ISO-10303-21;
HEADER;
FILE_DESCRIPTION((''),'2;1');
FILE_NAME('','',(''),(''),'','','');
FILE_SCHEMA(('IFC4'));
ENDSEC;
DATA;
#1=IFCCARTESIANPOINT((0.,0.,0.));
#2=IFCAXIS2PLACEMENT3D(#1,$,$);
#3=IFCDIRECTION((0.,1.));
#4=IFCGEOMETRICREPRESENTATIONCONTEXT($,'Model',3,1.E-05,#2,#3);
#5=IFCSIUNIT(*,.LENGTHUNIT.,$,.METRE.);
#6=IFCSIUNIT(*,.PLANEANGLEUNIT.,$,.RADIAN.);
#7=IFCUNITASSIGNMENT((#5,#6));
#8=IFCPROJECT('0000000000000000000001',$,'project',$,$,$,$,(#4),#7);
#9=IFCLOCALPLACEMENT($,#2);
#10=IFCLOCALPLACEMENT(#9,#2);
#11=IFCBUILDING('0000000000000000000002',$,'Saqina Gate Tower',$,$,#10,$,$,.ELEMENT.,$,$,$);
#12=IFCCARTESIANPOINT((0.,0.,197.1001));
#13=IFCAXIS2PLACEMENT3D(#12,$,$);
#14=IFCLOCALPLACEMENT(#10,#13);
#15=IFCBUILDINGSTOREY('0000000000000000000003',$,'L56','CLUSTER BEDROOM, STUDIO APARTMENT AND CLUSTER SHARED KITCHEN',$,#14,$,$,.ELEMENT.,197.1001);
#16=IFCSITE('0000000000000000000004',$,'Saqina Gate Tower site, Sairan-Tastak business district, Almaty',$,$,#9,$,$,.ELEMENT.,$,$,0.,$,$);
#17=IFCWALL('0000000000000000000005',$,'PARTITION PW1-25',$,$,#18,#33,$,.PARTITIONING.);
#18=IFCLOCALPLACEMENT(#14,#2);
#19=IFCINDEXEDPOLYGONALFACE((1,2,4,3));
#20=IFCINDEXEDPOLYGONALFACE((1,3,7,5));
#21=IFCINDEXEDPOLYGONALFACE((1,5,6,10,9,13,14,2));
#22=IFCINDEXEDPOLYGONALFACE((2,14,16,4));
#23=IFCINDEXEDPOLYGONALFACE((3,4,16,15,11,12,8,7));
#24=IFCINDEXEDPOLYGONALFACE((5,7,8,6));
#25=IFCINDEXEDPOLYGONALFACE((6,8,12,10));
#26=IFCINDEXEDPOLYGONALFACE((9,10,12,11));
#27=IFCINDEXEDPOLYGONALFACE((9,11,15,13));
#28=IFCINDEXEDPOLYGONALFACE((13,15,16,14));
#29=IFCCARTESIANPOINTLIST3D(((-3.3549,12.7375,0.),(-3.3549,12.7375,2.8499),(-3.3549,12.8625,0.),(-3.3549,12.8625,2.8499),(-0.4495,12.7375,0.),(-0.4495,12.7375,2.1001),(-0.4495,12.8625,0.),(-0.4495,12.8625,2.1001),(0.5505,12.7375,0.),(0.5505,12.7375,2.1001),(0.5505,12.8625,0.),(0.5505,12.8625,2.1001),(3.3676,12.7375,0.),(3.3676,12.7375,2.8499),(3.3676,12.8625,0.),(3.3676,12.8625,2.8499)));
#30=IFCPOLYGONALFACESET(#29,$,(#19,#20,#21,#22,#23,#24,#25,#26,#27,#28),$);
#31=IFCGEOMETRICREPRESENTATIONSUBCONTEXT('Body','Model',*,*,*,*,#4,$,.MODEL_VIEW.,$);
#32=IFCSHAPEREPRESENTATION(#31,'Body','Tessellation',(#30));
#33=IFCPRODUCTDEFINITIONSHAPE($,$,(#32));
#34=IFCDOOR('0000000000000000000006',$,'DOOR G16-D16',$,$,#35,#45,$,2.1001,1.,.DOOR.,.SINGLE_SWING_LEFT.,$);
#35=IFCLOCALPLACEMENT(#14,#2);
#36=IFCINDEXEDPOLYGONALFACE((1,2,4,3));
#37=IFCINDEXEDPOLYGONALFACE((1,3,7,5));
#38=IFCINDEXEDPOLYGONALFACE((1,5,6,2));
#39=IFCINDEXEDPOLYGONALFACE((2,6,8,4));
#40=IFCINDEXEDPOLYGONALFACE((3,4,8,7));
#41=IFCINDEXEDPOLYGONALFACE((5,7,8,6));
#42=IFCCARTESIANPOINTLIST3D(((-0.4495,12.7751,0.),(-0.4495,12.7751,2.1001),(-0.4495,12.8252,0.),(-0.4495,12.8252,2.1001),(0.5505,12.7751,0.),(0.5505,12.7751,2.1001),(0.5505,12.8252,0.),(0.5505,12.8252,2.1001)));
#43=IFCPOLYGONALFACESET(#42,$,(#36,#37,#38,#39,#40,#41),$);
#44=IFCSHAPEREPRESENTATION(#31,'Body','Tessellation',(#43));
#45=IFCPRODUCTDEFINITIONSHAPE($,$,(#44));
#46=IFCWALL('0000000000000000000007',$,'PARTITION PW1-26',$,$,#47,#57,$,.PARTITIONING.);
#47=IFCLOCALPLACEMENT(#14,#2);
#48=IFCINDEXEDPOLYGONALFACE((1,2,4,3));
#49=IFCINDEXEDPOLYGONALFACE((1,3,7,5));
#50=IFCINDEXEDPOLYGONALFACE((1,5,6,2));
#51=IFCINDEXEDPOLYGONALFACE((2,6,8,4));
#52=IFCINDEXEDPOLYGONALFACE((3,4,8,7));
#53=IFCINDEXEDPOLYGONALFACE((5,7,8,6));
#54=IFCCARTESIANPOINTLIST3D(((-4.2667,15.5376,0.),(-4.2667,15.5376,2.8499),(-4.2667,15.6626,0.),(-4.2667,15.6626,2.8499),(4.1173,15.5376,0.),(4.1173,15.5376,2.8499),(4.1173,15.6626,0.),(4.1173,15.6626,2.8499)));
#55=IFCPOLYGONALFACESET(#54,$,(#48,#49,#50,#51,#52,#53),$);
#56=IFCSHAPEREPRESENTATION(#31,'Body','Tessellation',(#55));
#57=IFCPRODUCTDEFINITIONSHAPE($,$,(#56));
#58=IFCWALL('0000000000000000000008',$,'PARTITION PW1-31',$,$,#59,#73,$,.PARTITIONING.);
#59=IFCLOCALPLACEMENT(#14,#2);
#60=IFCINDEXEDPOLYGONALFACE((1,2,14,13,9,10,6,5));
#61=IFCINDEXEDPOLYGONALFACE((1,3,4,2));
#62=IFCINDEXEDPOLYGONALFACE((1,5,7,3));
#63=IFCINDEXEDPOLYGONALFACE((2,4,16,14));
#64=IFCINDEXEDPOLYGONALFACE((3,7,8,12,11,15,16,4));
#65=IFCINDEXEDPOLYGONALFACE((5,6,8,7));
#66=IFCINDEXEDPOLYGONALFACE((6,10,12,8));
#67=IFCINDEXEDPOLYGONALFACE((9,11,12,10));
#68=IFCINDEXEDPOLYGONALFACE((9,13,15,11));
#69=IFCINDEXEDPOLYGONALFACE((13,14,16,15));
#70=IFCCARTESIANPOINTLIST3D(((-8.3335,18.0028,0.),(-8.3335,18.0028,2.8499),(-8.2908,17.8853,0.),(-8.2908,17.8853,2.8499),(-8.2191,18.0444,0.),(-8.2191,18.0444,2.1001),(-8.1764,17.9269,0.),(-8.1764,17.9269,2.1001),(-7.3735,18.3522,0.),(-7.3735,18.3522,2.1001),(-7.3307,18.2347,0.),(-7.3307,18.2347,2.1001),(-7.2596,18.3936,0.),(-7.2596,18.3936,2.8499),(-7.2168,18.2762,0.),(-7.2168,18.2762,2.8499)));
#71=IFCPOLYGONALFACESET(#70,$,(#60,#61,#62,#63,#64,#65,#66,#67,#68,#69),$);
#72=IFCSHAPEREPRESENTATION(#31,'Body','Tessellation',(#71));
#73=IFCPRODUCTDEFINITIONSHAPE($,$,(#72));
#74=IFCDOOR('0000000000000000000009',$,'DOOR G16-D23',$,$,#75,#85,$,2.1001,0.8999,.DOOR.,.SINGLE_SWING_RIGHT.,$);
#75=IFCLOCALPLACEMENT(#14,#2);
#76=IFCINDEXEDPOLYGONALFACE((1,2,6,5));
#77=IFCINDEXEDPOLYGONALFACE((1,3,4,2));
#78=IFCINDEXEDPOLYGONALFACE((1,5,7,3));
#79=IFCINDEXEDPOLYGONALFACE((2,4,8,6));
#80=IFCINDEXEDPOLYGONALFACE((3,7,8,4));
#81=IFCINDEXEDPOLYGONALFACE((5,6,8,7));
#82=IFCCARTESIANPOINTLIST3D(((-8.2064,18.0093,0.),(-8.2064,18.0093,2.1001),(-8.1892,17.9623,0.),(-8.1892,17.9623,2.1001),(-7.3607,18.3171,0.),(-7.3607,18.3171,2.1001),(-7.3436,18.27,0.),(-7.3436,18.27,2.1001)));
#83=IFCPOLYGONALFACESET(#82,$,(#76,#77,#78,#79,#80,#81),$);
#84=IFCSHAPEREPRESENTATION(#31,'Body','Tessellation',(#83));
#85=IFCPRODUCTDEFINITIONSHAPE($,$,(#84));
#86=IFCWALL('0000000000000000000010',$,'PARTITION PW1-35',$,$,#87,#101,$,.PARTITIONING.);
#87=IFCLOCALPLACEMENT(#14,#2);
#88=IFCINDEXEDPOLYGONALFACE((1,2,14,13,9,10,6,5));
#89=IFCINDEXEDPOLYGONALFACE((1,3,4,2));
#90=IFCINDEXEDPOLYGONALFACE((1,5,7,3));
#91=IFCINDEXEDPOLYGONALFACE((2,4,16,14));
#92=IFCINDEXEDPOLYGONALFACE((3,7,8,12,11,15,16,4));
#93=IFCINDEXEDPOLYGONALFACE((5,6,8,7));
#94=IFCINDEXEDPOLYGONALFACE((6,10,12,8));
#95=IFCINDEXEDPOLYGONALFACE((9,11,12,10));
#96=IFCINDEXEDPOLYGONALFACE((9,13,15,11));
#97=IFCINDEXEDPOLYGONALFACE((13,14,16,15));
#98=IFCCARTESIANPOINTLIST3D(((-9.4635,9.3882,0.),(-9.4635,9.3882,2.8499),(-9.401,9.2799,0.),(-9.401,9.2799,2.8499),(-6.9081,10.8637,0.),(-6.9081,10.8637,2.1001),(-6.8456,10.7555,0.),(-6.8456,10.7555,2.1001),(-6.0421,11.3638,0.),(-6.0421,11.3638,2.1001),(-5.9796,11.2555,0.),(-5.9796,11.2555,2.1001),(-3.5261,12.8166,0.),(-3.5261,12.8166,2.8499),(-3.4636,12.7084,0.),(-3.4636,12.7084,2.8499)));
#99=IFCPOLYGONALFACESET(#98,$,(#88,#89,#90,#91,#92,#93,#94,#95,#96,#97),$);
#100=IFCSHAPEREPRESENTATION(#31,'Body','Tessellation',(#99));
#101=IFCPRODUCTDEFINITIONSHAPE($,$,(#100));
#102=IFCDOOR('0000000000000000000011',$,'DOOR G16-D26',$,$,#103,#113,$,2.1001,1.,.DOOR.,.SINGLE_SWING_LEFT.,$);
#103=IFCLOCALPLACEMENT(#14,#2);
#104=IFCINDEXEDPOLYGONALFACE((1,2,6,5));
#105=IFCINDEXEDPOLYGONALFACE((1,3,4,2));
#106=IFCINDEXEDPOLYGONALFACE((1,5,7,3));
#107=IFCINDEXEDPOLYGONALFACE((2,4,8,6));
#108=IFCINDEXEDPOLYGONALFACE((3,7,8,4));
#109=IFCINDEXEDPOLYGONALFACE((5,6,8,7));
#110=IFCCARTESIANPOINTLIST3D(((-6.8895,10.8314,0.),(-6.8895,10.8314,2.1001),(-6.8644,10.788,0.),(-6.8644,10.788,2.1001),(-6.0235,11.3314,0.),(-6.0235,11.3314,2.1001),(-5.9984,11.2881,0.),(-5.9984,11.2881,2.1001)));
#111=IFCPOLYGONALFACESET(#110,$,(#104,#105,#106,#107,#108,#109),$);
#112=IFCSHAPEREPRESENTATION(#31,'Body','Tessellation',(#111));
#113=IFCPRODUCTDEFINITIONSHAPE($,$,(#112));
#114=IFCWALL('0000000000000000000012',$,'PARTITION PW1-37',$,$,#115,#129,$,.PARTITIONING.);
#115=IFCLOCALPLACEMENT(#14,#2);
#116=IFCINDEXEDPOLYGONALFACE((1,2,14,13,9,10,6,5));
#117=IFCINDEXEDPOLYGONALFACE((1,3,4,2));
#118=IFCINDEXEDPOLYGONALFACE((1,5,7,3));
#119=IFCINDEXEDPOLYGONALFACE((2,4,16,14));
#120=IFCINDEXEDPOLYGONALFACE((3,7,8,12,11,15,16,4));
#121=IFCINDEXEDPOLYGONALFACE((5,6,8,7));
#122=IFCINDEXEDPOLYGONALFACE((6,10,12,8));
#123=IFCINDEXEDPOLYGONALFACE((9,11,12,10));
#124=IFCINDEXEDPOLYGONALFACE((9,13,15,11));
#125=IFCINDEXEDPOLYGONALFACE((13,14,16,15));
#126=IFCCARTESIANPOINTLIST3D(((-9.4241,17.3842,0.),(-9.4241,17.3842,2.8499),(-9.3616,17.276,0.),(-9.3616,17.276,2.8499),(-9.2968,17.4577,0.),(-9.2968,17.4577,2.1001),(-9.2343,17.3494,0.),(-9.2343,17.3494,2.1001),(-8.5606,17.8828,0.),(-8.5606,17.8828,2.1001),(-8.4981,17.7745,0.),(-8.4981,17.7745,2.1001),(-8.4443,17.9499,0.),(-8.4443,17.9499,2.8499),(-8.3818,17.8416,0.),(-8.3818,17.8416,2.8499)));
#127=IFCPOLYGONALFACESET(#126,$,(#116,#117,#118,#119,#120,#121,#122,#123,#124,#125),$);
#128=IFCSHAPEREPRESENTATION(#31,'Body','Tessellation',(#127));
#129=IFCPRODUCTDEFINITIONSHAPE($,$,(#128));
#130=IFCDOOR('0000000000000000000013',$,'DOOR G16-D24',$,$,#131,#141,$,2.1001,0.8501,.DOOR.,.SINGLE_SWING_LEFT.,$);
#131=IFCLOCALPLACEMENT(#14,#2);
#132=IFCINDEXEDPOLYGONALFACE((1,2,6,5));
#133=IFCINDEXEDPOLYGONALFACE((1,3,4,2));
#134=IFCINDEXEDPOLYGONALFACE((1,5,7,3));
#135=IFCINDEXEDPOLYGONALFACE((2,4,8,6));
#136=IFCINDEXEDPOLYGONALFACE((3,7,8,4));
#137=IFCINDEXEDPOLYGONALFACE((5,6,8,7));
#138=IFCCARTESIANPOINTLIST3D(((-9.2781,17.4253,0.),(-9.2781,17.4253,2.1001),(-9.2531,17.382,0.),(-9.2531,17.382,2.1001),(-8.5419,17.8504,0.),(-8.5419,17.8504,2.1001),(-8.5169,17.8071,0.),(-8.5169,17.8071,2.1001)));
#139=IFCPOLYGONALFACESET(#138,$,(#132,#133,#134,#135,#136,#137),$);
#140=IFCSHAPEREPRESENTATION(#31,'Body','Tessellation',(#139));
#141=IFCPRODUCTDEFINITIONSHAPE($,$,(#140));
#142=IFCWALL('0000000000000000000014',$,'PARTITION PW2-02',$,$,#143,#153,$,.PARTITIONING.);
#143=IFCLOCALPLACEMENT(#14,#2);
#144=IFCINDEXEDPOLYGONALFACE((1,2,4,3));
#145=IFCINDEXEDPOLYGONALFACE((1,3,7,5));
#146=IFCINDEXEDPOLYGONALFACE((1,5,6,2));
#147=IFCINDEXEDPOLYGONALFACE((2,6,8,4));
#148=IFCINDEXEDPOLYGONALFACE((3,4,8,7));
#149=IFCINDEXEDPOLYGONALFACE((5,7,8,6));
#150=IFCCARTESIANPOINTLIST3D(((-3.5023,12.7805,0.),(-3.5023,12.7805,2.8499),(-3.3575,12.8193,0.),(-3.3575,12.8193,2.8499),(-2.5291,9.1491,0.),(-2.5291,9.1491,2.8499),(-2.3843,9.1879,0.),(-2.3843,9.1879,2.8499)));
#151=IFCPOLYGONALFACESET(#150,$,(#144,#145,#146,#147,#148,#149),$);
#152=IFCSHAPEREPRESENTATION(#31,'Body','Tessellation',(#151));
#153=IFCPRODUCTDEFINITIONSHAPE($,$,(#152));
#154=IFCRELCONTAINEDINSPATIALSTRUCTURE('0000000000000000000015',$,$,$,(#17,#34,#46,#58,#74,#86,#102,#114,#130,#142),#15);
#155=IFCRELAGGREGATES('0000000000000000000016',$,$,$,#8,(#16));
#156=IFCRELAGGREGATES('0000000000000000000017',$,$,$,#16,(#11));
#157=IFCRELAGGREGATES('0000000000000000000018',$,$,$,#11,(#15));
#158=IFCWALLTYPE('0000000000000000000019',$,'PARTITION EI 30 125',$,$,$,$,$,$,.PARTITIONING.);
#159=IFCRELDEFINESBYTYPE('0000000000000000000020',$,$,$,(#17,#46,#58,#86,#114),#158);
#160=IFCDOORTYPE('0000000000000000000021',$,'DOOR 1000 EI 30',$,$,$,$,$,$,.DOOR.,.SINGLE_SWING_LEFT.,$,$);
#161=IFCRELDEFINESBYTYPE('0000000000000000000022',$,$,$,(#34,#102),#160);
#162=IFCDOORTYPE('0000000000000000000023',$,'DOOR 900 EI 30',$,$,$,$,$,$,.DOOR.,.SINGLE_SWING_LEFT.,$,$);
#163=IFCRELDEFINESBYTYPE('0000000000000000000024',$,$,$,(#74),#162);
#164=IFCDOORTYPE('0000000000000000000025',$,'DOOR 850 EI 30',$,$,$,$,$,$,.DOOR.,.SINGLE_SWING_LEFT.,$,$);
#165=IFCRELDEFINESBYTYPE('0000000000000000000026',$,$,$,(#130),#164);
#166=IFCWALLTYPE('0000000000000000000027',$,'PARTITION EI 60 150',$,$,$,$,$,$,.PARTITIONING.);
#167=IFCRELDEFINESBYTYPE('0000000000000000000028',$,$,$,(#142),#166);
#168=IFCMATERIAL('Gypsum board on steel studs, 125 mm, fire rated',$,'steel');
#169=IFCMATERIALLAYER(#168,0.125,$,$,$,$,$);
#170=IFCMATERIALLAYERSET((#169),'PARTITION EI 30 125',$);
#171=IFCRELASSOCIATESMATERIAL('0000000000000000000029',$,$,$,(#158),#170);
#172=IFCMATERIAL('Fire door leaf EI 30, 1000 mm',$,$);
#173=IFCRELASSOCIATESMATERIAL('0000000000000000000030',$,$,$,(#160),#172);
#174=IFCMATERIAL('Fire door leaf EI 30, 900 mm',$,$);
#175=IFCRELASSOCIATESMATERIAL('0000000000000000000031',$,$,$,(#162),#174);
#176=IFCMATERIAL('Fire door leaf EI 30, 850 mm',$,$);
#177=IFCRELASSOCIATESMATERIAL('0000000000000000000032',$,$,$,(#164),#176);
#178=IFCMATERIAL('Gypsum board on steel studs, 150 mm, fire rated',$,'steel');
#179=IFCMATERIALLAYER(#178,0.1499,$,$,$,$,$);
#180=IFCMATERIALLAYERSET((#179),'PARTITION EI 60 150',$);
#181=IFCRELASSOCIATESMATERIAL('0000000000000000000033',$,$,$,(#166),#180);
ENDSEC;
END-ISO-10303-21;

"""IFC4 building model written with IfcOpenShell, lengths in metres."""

from ifc_helpers import new_model, si_unit, direction, frame, frame_2d, origin, place, context, subcontext, project, spatial, rectangle, extrude, material, layer, layer_set, type_object, element, fill, save


model = new_model("IFC4")

# Units and contexts
model_context = context("Model", 3, precision=1e-05, world=origin(), true_north=direction((0.0, 1.0)))
body_context = subcontext(model_context, "Body", "Model", "MODEL_VIEW")
ifc_project = project(units=[si_unit("LENGTHUNIT", "METRE"), si_unit("PLANEANGLEUNIT", "RADIAN")], contexts=[model_context])

# Site, building, storey
site_placement = place(None, origin())
site = spatial("IfcSite", under=ifc_project, at=site_placement, Name="Saqina Gate Tower site, Sairan-Tastak business district, Almaty", CompositionType="ELEMENT", RefElevation=0.0)
building_placement = place(site_placement, origin())
building = spatial("IfcBuilding", under=site, at=building_placement, Name="Saqina Gate Tower", CompositionType="ELEMENT")
storey_placement = place(building_placement, frame((0.0, 0.0, 197.1001)))
storey = spatial("IfcBuildingStorey", under=building, at=storey_placement, Name="L56", Description="CLUSTER BEDROOM, STUDIO APARTMENT AND CLUSTER SHARED KITCHEN", CompositionType="ELEMENT", Elevation=197.1001)

# Wall, opening, door
ifc_material_1 = material(Name="Gypsum board on steel studs, 125 mm, fire rated", Category="steel")
ifc_layer_1 = layer(ifc_material_1, 0.125)
ifc_layer_set_1 = layer_set([ifc_layer_1], Name="PARTITION EI 30 125")
wall_type_1 = type_object("IfcWallType", Name="PARTITION EI 30 125", PredefinedType="PARTITIONING", material=ifc_layer_set_1)
wall_1_placement = place(storey_placement, frame((-3.355, 12.8, 0.0), z_axis=(0.0, 0.0, 1.0), x_axis=(1.0, 0.0, 0.0)))
wall_1 = element("IfcWall", 1, at=wall_1_placement, inside=storey, type_object=wall_type_1, Name="PARTITION PW1-25", PredefinedType="PARTITIONING", context=body_context, shape_type="SweptSolid", body=[
    extrude(rectangle(XDim=6.7224, YDim=0.125, at=frame_2d((3.3613, 0.0))), origin(), (0.0, 0.0, 1.0), 2.8499),
])
opening_1_placement = place(wall_1_placement, frame((2.9055, 0.0, 0.0)))
opening_1 = element("IfcOpeningElement", 2, at=opening_1_placement, cuts=wall_1, PredefinedType="OPENING", context=body_context, shape_type="SweptSolid", body=[
    extrude(rectangle(XDim=1.0, YDim=2.1001, at=frame_2d((0.5, 1.05))), frame((0.0, 0.0745, 0.0), z_axis=(0.0, -1.0, 0.0), x_axis=(1.0, 0.0, 0.0)), (0.0, 0.0, 1.0), 0.1489),
])
ifc_material_2 = material(Name="Fire door leaf EI 30, 1000 mm")
door_type_1 = type_object("IfcDoorType", Name="DOOR 1000 EI 30", OperationType="SINGLE_SWING_LEFT", PredefinedType="DOOR", material=ifc_material_2)
door_1_placement = place(opening_1_placement, frame((1.0, 0.0, 0.0), z_axis=(0.0, 0.0, 1.0), x_axis=(-1.0, 0.0, 0.0)))
door_1 = element("IfcDoor", 3, at=door_1_placement, inside=storey, type_object=door_type_1, Name="DOOR G16-D16", OperationType="SINGLE_SWING_LEFT", OverallHeight=2.1001, OverallWidth=1.0, PredefinedType="DOOR", context=body_context, shape_type="SweptSolid", body=[
    extrude(rectangle(XDim=1.0, YDim=2.1001, at=frame_2d((0.5, 1.05))), frame((0.0, 0.0249, 0.0), z_axis=(0.0, -1.0, 0.0), x_axis=(1.0, 0.0, 0.0)), (0.0, 0.0, 1.0), 0.05),
])
fill(opening_1, door_1)

# Wall
wall_2_placement = place(storey_placement, frame((-4.2666, 15.6001, 0.0), z_axis=(0.0, 0.0, 1.0), x_axis=(1.0, 0.0, 0.0)))
element("IfcWall", 4, at=wall_2_placement, inside=storey, type_object=wall_type_1, Name="PARTITION PW1-26", PredefinedType="PARTITIONING", context=body_context, shape_type="SweptSolid", body=[
    extrude(rectangle(XDim=8.384, YDim=0.125, at=frame_2d((4.1919, 0.0))), origin(), (0.0, 0.0, 1.0), 2.8499),
])

# Walls, openings, doors
wall_3_placement = place(storey_placement, frame((-8.312, 17.9441, 0.0), z_axis=(0.0, 0.0, 1.0), x_axis=(0.9397, 0.342, 0.0)))
wall_3 = element("IfcWall", 5, at=wall_3_placement, inside=storey, type_object=wall_type_1, Name="PARTITION PW1-31", PredefinedType="PARTITIONING", context=body_context, shape_type="SweptSolid", body=[
    extrude(rectangle(XDim=1.1428, YDim=0.125, at=frame_2d((0.5713, 0.0))), origin(), (0.0, 0.0, 1.0), 2.8499),
])
opening_2_placement = place(wall_3_placement, frame((0.1216, 0.0, 0.0)))
opening_2 = element("IfcOpeningElement", 6, at=opening_2_placement, cuts=wall_3, PredefinedType="OPENING", context=body_context, shape_type="SweptSolid", body=[
    extrude(rectangle(XDim=0.8999, YDim=2.1001, at=frame_2d((0.45, 1.05))), frame((0.0, 0.0745, 0.0), z_axis=(0.0, -1.0, 0.0), x_axis=(1.0, 0.0, 0.0)), (0.0, 0.0, 1.0), 0.1489),
])
ifc_material_3 = material(Name="Fire door leaf EI 30, 900 mm")
door_type_2 = type_object("IfcDoorType", Name="DOOR 900 EI 30", OperationType="SINGLE_SWING_LEFT", PredefinedType="DOOR", material=ifc_material_3)
door_2_placement = place(opening_2_placement, frame((0.8999, 0.0, 0.0), z_axis=(0.0, 0.0, 1.0), x_axis=(-1.0, 0.0, 0.0)))
door_2 = element("IfcDoor", 7, at=door_2_placement, inside=storey, type_object=door_type_2, Name="DOOR G16-D23", OperationType="SINGLE_SWING_RIGHT", OverallHeight=2.1001, OverallWidth=0.8999, PredefinedType="DOOR", context=body_context, shape_type="SweptSolid", body=[
    extrude(rectangle(XDim=0.8999, YDim=2.1001, at=frame_2d((0.45, 1.05))), frame((0.0, 0.0249, 0.0), z_axis=(0.0, -1.0, 0.0), x_axis=(1.0, 0.0, 0.0)), (0.0, 0.0, 1.0), 0.05),
])
fill(opening_2, door_2)
wall_4_placement = place(storey_placement, frame((-9.4324, 9.334, 0.0), z_axis=(0.0, 0.0, 1.0), x_axis=(0.865997, 0.500049, 0.0)))
wall_4 = element("IfcWall", 8, at=wall_4_placement, inside=storey, type_object=wall_type_1, Name="PARTITION PW1-35", PredefinedType="PARTITIONING", context=body_context, shape_type="SweptSolid", body=[
    extrude(rectangle(XDim=6.8562, YDim=0.125, at=frame_2d((3.4282, 0.0))), origin(), (0.0, 0.0, 1.0), 2.8499),
])
opening_3_placement = place(wall_4_placement, frame((2.9509, 0.0, 0.0)))
opening_3 = element("IfcOpeningElement", 9, at=opening_3_placement, cuts=wall_4, PredefinedType="OPENING", context=body_context, shape_type="SweptSolid", body=[
    extrude(rectangle(XDim=1.0, YDim=2.1001, at=frame_2d((0.5, 1.05))), frame((0.0, 0.0745, 0.0), z_axis=(0.0, -1.0, 0.0), x_axis=(1.0, 0.0, 0.0)), (0.0, 0.0, 1.0), 0.1489),
])
door_3_placement = place(opening_3_placement, frame((1.0, 0.0, 0.0), z_axis=(0.0, 0.0, 1.0), x_axis=(-1.0, 0.0, 0.0)))
door_3 = element("IfcDoor", 10, at=door_3_placement, inside=storey, type_object=door_type_1, Name="DOOR G16-D26", OperationType="SINGLE_SWING_LEFT", OverallHeight=2.1001, OverallWidth=1.0, PredefinedType="DOOR", context=body_context, shape_type="SweptSolid", body=[
    extrude(rectangle(XDim=1.0, YDim=2.1001, at=frame_2d((0.5, 1.05))), frame((0.0, 0.0249, 0.0), z_axis=(0.0, -1.0, 0.0), x_axis=(1.0, 0.0, 0.0)), (0.0, 0.0, 1.0), 0.05),
])
fill(opening_3, door_3)
wall_5_placement = place(storey_placement, frame((-9.3928, 17.3301, 0.0), z_axis=(0.0, 0.0, 1.0), x_axis=(0.866017, 0.500015, 0.0)))
wall_5 = element("IfcWall", 11, at=wall_5_placement, inside=storey, type_object=wall_type_1, Name="PARTITION PW1-37", PredefinedType="PARTITIONING", context=body_context, shape_type="SweptSolid", body=[
    extrude(rectangle(XDim=1.1313, YDim=0.125, at=frame_2d((0.5657, 0.0))), origin(), (0.0, 0.0, 1.0), 2.8499),
])
opening_4_placement = place(wall_5_placement, frame((0.147, 0.0, 0.0)))
opening_4 = element("IfcOpeningElement", 12, at=opening_4_placement, cuts=wall_5, PredefinedType="OPENING", context=body_context, shape_type="SweptSolid", body=[
    extrude(rectangle(XDim=0.8501, YDim=2.1001, at=frame_2d((0.425, 1.05))), frame((0.0, 0.0745, 0.0), z_axis=(0.0, -1.0, 0.0), x_axis=(1.0, 0.0, 0.0)), (0.0, 0.0, 1.0), 0.1489),
])
ifc_material_4 = material(Name="Fire door leaf EI 30, 850 mm")
door_type_3 = type_object("IfcDoorType", Name="DOOR 850 EI 30", OperationType="SINGLE_SWING_LEFT", PredefinedType="DOOR", material=ifc_material_4)
door_4_placement = place(opening_4_placement, frame((0.8501, 0.0, 0.0), z_axis=(0.0, 0.0, 1.0), x_axis=(-1.0, 0.0, 0.0)))
door_4 = element("IfcDoor", 13, at=door_4_placement, inside=storey, type_object=door_type_3, Name="DOOR G16-D24", OperationType="SINGLE_SWING_LEFT", OverallHeight=2.1001, OverallWidth=0.8501, PredefinedType="DOOR", context=body_context, shape_type="SweptSolid", body=[
    extrude(rectangle(XDim=0.8501, YDim=2.1001, at=frame_2d((0.425, 1.05))), frame((0.0, 0.0249, 0.0), z_axis=(0.0, -1.0, 0.0), x_axis=(1.0, 0.0, 0.0)), (0.0, 0.0, 1.0), 0.05),
])
fill(opening_4, door_4)

# Wall
ifc_material_5 = material(Name="Gypsum board on steel studs, 150 mm, fire rated", Category="steel")
ifc_layer_2 = layer(ifc_material_5, 0.1499)
ifc_layer_set_2 = layer_set([ifc_layer_2], Name="PARTITION EI 60 150")
wall_type_2 = type_object("IfcWallType", Name="PARTITION EI 60 150", PredefinedType="PARTITIONING", material=ifc_layer_set_2)
wall_6_placement = place(storey_placement, frame((-3.4299, 12.8, 0.0), z_axis=(0.0, 0.0, 1.0), x_axis=(0.258851, -0.965917, 0.0)))
element("IfcWall", 14, at=wall_6_placement, inside=storey, type_object=wall_type_2, Name="PARTITION PW2-02", PredefinedType="PARTITIONING", context=body_context, shape_type="SweptSolid", body=[
    extrude(rectangle(XDim=3.7595, YDim=0.1499, at=frame_2d((1.8799, 0.0))), origin(), (0.0, 0.0, 1.0), 2.8499),
])

save(model, "model.ifc")
